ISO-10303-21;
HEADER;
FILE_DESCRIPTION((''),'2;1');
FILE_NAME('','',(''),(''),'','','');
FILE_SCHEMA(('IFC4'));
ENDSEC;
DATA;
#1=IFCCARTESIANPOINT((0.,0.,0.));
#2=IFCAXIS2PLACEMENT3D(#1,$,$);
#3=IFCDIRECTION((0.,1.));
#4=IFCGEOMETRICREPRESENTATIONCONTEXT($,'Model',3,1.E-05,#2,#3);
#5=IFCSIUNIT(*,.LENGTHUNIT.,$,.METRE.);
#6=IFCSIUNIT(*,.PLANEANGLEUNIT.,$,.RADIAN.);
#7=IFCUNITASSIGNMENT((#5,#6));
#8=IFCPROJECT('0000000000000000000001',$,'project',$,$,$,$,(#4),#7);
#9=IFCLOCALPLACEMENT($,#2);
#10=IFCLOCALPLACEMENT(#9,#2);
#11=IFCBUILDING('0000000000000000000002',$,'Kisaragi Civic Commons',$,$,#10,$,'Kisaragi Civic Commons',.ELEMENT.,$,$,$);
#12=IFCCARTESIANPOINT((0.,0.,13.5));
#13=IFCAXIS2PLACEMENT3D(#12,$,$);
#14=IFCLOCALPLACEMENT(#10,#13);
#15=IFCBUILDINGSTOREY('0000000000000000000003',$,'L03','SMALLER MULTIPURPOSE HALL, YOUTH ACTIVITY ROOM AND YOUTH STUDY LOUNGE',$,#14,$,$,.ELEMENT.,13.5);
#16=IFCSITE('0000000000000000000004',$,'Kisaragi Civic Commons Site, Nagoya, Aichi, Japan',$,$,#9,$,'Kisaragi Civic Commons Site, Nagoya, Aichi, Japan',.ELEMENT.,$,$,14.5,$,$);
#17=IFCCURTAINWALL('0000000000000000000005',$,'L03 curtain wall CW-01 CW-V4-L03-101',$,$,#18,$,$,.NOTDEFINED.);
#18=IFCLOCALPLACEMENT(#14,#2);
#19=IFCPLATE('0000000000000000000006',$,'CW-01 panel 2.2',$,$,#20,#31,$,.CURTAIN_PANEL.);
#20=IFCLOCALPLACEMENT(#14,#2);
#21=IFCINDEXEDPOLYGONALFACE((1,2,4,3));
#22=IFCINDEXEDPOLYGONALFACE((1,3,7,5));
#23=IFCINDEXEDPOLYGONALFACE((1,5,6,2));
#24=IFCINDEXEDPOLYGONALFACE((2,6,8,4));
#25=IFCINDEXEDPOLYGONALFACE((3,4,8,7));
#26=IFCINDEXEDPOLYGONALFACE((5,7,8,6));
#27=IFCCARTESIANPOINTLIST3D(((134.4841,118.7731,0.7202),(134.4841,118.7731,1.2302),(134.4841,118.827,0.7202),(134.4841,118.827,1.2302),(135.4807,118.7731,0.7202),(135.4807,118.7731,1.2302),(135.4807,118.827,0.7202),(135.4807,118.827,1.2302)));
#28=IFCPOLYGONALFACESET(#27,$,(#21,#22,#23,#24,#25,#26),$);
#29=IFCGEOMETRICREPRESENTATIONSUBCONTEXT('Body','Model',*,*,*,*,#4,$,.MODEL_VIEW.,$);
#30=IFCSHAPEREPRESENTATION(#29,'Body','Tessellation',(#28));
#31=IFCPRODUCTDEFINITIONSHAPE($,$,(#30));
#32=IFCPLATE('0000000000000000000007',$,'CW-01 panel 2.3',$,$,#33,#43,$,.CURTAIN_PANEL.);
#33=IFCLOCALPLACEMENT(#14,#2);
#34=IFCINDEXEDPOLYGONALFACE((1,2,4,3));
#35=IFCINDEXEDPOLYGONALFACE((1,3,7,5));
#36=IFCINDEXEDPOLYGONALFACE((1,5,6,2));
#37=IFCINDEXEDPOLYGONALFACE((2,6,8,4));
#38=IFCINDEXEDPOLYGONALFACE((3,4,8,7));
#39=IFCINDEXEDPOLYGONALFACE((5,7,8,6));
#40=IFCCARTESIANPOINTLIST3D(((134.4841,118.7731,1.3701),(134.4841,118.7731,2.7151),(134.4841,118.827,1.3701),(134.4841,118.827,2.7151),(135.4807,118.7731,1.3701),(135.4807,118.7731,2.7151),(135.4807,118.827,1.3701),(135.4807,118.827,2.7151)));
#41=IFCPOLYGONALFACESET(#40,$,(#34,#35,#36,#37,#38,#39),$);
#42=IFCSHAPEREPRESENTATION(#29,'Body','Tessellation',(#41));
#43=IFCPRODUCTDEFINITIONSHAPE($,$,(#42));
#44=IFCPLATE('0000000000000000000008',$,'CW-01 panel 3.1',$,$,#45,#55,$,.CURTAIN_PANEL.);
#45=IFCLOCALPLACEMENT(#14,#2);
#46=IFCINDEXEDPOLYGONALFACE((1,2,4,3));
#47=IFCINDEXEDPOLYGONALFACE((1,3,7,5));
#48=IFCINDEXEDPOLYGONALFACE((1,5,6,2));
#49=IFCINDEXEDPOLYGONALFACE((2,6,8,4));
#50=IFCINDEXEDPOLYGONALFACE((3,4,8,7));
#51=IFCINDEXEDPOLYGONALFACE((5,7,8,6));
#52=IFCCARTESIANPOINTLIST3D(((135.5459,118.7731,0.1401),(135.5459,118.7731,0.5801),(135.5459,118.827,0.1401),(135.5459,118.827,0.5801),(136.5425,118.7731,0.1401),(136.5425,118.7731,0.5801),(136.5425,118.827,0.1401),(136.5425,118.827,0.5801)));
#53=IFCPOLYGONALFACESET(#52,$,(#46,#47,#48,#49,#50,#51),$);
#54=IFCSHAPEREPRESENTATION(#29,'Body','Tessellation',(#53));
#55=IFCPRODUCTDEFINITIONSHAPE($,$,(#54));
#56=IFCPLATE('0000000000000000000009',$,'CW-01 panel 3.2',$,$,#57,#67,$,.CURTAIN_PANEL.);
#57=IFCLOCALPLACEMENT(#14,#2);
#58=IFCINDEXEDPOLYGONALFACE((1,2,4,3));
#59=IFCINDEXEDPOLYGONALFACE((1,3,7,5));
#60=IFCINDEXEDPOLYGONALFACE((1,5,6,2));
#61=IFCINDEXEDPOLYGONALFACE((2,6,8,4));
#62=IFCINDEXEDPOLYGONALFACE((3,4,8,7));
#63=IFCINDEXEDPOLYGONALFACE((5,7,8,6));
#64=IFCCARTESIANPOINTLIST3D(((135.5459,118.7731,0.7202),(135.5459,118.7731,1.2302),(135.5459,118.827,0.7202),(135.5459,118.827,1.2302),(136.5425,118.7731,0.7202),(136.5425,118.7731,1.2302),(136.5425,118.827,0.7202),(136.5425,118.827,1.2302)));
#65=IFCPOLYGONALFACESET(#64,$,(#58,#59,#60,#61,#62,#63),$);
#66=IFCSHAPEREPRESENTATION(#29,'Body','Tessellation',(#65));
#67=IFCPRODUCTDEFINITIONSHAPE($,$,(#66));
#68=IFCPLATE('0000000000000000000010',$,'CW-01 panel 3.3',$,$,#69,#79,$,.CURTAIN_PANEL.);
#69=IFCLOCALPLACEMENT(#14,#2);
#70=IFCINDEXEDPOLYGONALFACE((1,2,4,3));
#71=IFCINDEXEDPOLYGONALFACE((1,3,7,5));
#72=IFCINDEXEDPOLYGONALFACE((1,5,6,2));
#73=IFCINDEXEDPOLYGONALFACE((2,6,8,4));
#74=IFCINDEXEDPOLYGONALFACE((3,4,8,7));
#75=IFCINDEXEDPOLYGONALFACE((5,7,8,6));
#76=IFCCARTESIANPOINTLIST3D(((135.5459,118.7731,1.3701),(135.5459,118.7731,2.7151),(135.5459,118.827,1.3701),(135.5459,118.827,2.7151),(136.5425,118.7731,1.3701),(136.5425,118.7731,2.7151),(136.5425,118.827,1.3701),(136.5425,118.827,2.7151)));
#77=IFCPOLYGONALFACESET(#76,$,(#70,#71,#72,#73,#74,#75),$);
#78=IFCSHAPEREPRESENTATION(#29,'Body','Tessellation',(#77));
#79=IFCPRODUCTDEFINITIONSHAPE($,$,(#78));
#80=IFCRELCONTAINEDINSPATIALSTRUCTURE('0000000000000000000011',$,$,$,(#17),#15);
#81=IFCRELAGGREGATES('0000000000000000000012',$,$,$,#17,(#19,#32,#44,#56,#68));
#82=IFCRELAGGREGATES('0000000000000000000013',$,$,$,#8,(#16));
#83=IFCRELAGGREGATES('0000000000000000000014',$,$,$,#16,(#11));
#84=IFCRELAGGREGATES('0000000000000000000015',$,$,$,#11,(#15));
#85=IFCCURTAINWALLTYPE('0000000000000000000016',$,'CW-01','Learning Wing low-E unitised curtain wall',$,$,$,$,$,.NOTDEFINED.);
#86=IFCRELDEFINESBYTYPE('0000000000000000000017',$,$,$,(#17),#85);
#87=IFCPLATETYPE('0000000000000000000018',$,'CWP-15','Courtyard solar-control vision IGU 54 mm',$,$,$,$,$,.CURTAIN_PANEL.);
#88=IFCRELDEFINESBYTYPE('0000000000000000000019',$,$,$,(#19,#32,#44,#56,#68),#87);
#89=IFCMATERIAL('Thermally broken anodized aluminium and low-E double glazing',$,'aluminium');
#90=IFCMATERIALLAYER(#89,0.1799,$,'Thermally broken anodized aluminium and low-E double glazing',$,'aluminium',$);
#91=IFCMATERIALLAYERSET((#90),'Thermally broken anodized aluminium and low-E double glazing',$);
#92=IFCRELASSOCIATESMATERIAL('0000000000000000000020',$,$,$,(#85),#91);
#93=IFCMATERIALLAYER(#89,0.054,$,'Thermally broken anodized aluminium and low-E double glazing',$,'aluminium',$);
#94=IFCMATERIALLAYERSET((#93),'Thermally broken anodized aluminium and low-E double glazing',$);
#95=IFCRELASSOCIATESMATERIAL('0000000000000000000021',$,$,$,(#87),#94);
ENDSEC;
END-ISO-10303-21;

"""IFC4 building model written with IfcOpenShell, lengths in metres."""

from ifc_helpers import new_model, si_unit, direction, frame, origin, origin_2d, place, context, subcontext, project, spatial, rectangle, extrude, material, layer, layer_set, type_object, element, aggregate, save


model = new_model("IFC4")

# Units and contexts
model_context = context("Model", 3, precision=1e-05, world=origin(), true_north=direction((0.0, 1.0)))
body_context = subcontext(model_context, "Body", "Model", "MODEL_VIEW")
ifc_project = project(units=[si_unit("LENGTHUNIT", "METRE"), si_unit("PLANEANGLEUNIT", "RADIAN")], contexts=[model_context])

# Site, building, storey
site_placement = place(None, origin())
site = spatial("IfcSite", under=ifc_project, at=site_placement, Name="Kisaragi Civic Commons Site, Nagoya, Aichi, Japan", LongName="Kisaragi Civic Commons Site, Nagoya, Aichi, Japan", CompositionType="ELEMENT", RefElevation=14.5)
building_placement = place(site_placement, origin())
building = spatial("IfcBuilding", under=site, at=building_placement, Name="Kisaragi Civic Commons", LongName="Kisaragi Civic Commons", CompositionType="ELEMENT")
storey_placement = place(building_placement, frame((0.0, 0.0, 13.5)))
storey = spatial("IfcBuildingStorey", under=building, at=storey_placement, Name="L03", Description="SMALLER MULTIPURPOSE HALL, YOUTH ACTIVITY ROOM AND YOUTH STUDY LOUNGE", CompositionType="ELEMENT", Elevation=13.5)

# Curtain wall, plates
ifc_material = material(Name="Thermally broken anodized aluminium and low-E double glazing", Category="aluminium")
ifc_layer_1 = layer(ifc_material, 0.1799, Name="Thermally broken anodized aluminium and low-E double glazing", Category="aluminium")
ifc_layer_set_1 = layer_set([ifc_layer_1], Name="Thermally broken anodized aluminium and low-E double glazing")
curtain_wall_type = type_object("IfcCurtainWallType", Name="CW-01", Description="Learning Wing low-E unitised curtain wall", PredefinedType="NOTDEFINED", material=ifc_layer_set_1)
curtain_wall_placement = place(storey_placement, origin())
curtain_wall = element("IfcCurtainWall", 1, at=curtain_wall_placement, inside=storey, type_object=curtain_wall_type, Name="L03 curtain wall CW-01 CW-V4-L03-101", PredefinedType="NOTDEFINED")
ifc_layer_2 = layer(ifc_material, 0.054, Name="Thermally broken anodized aluminium and low-E double glazing", Category="aluminium")
ifc_layer_set_2 = layer_set([ifc_layer_2], Name="Thermally broken anodized aluminium and low-E double glazing")
plate_type = type_object("IfcPlateType", Name="CWP-15", Description="Courtyard solar-control vision IGU 54 mm", PredefinedType="CURTAIN_PANEL", material=ifc_layer_set_2)
plate_1_placement = place(storey_placement, frame((134.9824, 118.8, 0.7202), z_axis=(0.0, 0.0, 1.0), x_axis=(1.0, 0.0, 0.0)))
plate_1 = element("IfcPlate", 2, at=plate_1_placement, type_object=plate_type, Name="CW-01 panel 2.2", PredefinedType="CURTAIN_PANEL", context=body_context, shape_type="SweptSolid", body=[
    extrude(rectangle(XDim=0.9966, YDim=0.054, at=origin_2d()), origin(), (0.0, 0.0, 1.0), 0.51),
])
plate_2_placement = place(storey_placement, frame((134.9824, 118.8, 1.3701), z_axis=(0.0, 0.0, 1.0), x_axis=(1.0, 0.0, 0.0)))
plate_2 = element("IfcPlate", 3, at=plate_2_placement, type_object=plate_type, Name="CW-01 panel 2.3", PredefinedType="CURTAIN_PANEL", context=body_context, shape_type="SweptSolid", body=[
    extrude(rectangle(XDim=0.9966, YDim=0.054, at=origin_2d()), origin(), (0.0, 0.0, 1.0), 1.345),
])
plate_3_placement = place(storey_placement, frame((136.0442, 118.8, 0.1401), z_axis=(0.0, 0.0, 1.0), x_axis=(1.0, 0.0, 0.0)))
plate_3 = element("IfcPlate", 4, at=plate_3_placement, type_object=plate_type, Name="CW-01 panel 3.1", PredefinedType="CURTAIN_PANEL", context=body_context, shape_type="SweptSolid", body=[
    extrude(rectangle(XDim=0.9966, YDim=0.054, at=origin_2d()), origin(), (0.0, 0.0, 1.0), 0.4399),
])
plate_4_placement = place(storey_placement, frame((136.0442, 118.8, 0.7202), z_axis=(0.0, 0.0, 1.0), x_axis=(1.0, 0.0, 0.0)))
plate_4 = element("IfcPlate", 5, at=plate_4_placement, type_object=plate_type, Name="CW-01 panel 3.2", PredefinedType="CURTAIN_PANEL", context=body_context, shape_type="SweptSolid", body=[
    extrude(rectangle(XDim=0.9966, YDim=0.054, at=origin_2d()), origin(), (0.0, 0.0, 1.0), 0.51),
])
plate_5_placement = place(storey_placement, frame((136.0442, 118.8, 1.3701), z_axis=(0.0, 0.0, 1.0), x_axis=(1.0, 0.0, 0.0)))
plate_5 = element("IfcPlate", 6, at=plate_5_placement, type_object=plate_type, Name="CW-01 panel 3.3", PredefinedType="CURTAIN_PANEL", context=body_context, shape_type="SweptSolid", body=[
    extrude(rectangle(XDim=0.9966, YDim=0.054, at=origin_2d()), origin(), (0.0, 0.0, 1.0), 1.345),
])
aggregate(curtain_wall, [plate_1, plate_2, plate_3, plate_4, plate_5])

save(model, "model.ifc")
